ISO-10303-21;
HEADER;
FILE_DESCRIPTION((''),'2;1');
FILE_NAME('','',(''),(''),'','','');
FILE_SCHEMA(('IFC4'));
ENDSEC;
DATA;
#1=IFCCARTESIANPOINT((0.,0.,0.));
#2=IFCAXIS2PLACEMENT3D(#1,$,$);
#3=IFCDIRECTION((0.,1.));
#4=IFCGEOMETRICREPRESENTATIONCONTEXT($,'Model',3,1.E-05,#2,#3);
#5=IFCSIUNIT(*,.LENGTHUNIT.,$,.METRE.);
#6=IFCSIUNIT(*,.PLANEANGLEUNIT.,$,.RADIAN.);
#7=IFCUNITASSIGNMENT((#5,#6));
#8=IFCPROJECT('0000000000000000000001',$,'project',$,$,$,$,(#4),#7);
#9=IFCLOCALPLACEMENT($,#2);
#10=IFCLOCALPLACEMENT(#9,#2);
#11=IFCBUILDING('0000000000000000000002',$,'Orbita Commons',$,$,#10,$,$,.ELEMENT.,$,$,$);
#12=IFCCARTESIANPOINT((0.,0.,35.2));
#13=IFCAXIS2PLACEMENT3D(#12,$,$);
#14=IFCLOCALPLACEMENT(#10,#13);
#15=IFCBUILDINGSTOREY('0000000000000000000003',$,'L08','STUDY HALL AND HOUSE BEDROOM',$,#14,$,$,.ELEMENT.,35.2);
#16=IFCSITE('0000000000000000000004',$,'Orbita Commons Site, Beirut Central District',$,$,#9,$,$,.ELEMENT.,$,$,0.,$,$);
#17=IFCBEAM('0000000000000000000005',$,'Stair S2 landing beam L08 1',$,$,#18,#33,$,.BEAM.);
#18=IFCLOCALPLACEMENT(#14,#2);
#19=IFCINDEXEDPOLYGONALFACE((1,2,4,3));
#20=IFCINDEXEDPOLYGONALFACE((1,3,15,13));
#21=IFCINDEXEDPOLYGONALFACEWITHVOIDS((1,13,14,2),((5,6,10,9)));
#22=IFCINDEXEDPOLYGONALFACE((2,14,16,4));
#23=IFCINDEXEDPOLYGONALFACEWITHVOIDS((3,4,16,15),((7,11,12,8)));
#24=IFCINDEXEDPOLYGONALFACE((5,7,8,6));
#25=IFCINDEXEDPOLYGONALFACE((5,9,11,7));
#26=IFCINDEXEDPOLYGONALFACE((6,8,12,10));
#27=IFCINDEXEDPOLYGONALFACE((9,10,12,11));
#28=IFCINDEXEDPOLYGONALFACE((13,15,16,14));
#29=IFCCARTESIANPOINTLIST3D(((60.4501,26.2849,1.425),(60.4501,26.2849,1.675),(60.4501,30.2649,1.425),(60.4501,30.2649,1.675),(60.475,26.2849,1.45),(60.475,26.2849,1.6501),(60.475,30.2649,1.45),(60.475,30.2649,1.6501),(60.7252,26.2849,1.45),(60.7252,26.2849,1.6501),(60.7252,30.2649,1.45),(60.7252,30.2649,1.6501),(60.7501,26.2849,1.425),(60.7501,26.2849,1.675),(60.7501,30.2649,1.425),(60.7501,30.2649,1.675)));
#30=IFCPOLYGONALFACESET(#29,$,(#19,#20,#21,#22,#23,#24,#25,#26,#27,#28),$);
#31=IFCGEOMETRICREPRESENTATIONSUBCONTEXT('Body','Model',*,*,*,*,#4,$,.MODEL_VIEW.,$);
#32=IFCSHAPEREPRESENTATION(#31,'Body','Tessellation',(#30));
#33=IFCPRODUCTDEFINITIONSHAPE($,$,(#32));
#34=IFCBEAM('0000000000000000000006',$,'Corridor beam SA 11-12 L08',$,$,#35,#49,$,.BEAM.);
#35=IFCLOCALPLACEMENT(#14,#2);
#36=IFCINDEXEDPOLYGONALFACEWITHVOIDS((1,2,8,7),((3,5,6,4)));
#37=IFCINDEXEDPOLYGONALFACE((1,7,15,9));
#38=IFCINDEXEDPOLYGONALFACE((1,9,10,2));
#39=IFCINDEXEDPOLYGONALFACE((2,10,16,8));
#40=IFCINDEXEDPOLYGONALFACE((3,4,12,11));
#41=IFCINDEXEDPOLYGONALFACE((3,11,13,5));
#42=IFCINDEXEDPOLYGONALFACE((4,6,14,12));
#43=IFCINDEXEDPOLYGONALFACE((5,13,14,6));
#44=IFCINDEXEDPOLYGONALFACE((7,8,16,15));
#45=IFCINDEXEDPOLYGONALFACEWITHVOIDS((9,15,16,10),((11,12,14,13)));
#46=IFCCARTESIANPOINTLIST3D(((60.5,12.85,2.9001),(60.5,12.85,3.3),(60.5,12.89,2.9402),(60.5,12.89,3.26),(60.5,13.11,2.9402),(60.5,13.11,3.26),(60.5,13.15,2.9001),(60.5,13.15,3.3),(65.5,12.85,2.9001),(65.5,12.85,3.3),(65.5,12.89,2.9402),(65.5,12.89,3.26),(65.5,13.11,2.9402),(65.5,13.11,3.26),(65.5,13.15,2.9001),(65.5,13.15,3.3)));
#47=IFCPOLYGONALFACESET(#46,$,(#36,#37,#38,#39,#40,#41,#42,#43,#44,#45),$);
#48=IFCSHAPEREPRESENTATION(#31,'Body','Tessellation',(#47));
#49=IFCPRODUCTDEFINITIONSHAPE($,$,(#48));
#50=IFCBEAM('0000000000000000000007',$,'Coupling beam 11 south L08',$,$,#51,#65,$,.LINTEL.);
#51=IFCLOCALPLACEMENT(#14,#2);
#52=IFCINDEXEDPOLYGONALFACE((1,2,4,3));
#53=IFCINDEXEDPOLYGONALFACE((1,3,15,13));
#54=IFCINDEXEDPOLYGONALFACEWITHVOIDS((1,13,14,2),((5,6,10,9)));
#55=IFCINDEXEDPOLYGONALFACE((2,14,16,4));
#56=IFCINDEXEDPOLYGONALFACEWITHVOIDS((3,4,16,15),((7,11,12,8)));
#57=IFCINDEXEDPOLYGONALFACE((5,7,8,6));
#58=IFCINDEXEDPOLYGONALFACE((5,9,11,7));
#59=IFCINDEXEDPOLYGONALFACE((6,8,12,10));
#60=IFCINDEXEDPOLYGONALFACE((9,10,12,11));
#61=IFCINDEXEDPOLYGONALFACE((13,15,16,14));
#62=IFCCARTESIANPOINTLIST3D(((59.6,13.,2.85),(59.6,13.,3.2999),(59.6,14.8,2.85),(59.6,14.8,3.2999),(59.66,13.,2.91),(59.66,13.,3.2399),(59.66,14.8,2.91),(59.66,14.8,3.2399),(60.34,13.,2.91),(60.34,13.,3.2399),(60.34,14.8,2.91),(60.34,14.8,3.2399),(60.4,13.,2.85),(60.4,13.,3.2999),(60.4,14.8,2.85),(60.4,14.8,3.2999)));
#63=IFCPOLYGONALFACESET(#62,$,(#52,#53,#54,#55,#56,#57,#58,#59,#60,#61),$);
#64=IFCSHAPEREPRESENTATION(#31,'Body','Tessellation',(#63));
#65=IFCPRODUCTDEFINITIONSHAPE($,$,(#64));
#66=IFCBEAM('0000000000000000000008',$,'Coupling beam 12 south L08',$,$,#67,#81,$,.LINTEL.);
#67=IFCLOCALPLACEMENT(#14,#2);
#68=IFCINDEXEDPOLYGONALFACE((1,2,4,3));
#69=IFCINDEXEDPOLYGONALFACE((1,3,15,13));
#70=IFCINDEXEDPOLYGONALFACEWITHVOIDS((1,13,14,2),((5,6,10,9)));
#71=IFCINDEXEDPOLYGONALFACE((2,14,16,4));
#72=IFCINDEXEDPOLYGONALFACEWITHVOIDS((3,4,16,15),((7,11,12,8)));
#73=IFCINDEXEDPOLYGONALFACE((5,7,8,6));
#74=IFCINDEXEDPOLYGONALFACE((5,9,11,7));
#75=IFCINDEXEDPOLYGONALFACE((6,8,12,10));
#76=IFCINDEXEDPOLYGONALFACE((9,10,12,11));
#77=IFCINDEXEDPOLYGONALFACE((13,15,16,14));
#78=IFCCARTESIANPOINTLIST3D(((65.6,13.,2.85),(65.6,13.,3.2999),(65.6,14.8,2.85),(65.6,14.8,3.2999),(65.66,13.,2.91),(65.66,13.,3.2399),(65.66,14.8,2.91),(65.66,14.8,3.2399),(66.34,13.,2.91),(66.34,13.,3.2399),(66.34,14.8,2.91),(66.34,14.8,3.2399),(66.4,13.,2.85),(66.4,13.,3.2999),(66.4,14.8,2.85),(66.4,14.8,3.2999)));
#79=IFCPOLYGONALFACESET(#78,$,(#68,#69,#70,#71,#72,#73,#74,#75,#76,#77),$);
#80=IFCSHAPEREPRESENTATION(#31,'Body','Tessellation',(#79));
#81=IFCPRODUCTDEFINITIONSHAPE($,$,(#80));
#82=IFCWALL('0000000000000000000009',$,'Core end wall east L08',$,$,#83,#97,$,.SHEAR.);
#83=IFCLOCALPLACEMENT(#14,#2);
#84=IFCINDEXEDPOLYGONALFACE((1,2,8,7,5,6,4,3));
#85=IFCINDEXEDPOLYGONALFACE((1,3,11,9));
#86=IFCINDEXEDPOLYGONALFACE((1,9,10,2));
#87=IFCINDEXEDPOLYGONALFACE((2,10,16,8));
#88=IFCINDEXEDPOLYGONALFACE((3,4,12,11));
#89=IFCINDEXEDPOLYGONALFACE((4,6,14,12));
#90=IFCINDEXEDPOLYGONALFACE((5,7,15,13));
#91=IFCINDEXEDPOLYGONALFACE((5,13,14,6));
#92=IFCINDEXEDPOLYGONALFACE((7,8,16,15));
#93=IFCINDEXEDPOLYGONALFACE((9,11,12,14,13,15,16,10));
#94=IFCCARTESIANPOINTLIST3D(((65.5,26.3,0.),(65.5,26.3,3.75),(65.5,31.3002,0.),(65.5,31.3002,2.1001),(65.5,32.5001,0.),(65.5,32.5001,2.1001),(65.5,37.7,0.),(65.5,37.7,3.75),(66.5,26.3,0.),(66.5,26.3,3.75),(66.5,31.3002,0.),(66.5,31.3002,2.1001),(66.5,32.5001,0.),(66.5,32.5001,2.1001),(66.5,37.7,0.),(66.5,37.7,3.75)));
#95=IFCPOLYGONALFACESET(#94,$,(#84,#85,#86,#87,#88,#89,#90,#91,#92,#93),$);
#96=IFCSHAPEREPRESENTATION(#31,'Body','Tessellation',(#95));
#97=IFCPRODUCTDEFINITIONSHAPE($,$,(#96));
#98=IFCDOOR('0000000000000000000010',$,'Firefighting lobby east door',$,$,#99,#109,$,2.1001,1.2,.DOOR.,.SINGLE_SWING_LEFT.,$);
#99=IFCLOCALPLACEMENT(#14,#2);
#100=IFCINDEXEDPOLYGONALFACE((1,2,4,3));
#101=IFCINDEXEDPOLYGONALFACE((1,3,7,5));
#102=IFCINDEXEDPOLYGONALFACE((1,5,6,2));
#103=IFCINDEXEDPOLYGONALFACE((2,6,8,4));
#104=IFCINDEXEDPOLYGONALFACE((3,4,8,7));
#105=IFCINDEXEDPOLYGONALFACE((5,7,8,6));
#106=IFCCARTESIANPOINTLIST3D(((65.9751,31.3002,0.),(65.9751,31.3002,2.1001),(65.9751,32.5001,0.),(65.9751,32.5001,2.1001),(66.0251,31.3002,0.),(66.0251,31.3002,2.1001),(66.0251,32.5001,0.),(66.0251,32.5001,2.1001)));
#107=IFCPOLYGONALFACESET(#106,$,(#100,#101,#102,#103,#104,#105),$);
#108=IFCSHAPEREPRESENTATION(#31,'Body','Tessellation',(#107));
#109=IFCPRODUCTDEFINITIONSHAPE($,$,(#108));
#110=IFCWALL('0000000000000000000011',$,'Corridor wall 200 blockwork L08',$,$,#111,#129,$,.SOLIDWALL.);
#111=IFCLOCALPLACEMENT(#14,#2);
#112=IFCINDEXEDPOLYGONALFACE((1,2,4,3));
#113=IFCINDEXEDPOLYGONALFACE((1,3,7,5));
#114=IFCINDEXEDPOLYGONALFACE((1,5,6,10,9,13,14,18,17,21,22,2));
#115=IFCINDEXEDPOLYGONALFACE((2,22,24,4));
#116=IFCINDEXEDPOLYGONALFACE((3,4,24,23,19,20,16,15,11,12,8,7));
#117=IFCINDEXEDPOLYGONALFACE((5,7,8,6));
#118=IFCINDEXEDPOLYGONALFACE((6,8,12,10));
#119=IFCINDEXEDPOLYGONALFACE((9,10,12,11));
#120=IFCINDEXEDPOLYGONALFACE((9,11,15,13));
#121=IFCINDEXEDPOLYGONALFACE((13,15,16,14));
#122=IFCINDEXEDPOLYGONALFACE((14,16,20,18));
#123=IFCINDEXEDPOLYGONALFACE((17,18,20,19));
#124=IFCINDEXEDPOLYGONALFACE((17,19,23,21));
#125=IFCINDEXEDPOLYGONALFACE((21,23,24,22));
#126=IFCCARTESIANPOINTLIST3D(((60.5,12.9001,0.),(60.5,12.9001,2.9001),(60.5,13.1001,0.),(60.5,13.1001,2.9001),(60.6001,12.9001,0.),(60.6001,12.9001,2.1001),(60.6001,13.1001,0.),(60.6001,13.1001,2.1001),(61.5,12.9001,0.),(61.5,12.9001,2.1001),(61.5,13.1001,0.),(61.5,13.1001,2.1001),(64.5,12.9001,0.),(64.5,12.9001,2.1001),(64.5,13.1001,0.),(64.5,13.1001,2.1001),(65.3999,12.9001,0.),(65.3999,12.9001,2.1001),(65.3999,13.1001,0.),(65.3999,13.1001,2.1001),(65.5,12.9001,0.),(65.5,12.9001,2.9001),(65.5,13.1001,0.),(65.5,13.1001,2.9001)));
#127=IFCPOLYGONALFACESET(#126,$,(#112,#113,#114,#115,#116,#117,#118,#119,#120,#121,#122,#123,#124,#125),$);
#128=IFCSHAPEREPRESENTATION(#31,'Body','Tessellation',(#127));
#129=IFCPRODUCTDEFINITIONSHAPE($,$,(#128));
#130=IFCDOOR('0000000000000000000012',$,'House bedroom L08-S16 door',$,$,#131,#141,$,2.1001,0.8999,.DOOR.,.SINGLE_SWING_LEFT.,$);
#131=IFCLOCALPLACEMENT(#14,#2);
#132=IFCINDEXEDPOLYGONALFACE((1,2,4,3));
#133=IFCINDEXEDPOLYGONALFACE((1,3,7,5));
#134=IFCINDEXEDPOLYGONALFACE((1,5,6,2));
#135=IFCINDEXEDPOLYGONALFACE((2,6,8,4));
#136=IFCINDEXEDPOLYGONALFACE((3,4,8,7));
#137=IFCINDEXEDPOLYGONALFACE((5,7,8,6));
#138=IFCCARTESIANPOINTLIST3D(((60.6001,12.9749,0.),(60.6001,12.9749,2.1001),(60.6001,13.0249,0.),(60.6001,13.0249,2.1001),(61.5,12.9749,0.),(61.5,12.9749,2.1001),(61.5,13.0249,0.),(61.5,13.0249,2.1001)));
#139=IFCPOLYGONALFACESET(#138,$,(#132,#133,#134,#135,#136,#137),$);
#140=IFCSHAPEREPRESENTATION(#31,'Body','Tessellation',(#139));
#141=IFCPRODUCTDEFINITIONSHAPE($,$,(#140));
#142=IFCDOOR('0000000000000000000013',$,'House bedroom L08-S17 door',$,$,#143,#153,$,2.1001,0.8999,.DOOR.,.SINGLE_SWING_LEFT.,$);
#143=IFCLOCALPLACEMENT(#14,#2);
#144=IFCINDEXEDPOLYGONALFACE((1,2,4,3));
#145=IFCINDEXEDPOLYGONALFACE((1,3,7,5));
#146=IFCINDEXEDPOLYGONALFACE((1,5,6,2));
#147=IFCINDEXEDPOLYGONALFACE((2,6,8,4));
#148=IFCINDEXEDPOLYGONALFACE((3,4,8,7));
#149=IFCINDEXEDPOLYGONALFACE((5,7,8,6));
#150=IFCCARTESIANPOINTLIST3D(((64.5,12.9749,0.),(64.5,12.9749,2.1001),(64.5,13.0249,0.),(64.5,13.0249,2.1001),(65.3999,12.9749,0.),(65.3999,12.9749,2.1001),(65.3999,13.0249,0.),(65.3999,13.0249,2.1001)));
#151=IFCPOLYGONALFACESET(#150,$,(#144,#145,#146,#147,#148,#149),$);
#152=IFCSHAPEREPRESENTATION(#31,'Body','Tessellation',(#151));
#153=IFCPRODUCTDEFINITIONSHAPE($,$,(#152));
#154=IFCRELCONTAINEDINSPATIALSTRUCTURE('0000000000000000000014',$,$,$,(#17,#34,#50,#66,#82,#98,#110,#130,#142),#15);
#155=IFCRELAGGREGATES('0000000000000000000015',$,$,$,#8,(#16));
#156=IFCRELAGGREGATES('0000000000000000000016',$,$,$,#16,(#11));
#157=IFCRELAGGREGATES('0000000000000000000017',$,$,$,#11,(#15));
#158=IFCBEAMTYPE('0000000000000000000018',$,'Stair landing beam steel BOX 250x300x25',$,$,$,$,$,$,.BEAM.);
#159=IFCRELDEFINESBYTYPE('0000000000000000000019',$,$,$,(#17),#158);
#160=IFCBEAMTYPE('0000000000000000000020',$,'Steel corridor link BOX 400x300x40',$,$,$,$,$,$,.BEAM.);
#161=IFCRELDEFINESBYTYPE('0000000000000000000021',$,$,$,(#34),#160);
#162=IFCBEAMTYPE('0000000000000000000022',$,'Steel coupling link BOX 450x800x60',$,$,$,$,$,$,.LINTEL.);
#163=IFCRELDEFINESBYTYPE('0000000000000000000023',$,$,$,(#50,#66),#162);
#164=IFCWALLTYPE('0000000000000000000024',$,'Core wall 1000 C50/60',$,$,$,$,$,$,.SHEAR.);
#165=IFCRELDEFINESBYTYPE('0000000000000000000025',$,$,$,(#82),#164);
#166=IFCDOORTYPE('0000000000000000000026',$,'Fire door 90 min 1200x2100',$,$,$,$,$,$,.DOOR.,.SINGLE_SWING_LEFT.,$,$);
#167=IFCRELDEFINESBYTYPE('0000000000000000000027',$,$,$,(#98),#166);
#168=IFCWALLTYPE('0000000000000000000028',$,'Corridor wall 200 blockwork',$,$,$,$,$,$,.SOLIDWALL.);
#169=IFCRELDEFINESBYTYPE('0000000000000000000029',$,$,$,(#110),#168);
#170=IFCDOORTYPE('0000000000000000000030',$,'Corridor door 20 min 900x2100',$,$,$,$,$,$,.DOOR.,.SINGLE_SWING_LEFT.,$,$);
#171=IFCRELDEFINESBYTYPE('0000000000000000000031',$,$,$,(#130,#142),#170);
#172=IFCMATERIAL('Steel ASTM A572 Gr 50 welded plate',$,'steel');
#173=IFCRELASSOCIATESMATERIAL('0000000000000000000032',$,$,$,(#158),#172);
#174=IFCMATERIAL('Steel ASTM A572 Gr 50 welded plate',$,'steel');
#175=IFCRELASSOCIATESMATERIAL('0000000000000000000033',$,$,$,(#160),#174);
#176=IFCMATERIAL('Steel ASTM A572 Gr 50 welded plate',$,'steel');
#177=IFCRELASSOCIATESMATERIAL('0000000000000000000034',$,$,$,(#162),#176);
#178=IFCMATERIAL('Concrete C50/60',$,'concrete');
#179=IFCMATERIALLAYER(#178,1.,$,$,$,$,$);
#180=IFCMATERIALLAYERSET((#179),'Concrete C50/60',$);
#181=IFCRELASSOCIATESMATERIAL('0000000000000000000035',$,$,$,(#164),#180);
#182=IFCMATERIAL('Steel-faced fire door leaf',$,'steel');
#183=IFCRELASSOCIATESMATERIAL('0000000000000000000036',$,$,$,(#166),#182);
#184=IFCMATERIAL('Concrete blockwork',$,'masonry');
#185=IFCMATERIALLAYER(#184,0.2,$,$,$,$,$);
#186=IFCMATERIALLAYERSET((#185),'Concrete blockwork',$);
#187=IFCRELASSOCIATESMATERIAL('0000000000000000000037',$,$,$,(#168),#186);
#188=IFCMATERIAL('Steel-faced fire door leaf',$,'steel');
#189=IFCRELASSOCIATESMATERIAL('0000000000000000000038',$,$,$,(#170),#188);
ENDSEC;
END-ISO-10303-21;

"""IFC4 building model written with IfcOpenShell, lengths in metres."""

from ifc_helpers import new_model, si_unit, direction, frame, frame_2d, origin, origin_2d, place, context, subcontext, project, spatial, polyline, rectangle, hollow_rectangle, outline, extrude, material, layer, layer_set, material_profile, profile_set, type_object, element, fill, save


model = new_model("IFC4")

# Units and contexts
model_context = context("Model", 3, precision=1e-05, world=origin(), true_north=direction((0.0, 1.0)))
body_context = subcontext(model_context, "Body", "Model", "MODEL_VIEW")
ifc_project = project(units=[si_unit("LENGTHUNIT", "METRE"), si_unit("PLANEANGLEUNIT", "RADIAN")], contexts=[model_context])

# Site, building, storey
site_placement = place(None, origin())
site = spatial("IfcSite", under=ifc_project, at=site_placement, Name="Orbita Commons Site, Beirut Central District", CompositionType="ELEMENT", RefElevation=0.0)
building_placement = place(site_placement, origin())
building = spatial("IfcBuilding", under=site, at=building_placement, Name="Orbita Commons", CompositionType="ELEMENT")
storey_placement = place(building_placement, frame((0.0, 0.0, 35.2)))
storey = spatial("IfcBuildingStorey", under=building, at=storey_placement, Name="L08", Description="STUDY HALL AND HOUSE BEDROOM", CompositionType="ELEMENT", Elevation=35.2)

# Beams
ifc_material_1 = material(Name="Steel ASTM A572 Gr 50 welded plate", Category="steel")
ifc_material_profile_1 = material_profile(ifc_material_1, hollow_rectangle(XDim=0.3, YDim=0.25, WallThickness=0.0249, at=origin_2d()), Name="BOX 250x300x25")
ifc_profile_set_1 = profile_set([ifc_material_profile_1], Name="Steel ASTM A572 Gr 50 welded plate")
beam_type_1 = type_object("IfcBeamType", Name="Stair landing beam steel BOX 250x300x25", PredefinedType="BEAM", material=ifc_profile_set_1)
beam_1_placement = place(storey_placement, frame((60.6001, 26.2849, 1.55), z_axis=(0.0, 1.0, 0.0), x_axis=(-1.0, 0.0, 0.0)))
element("IfcBeam", 1, at=beam_1_placement, inside=storey, type_object=beam_type_1, Name="Stair S2 landing beam L08 1", PredefinedType="BEAM", context=body_context, shape_type="SweptSolid", body=[
    extrude(hollow_rectangle(XDim=0.3, YDim=0.25, WallThickness=0.0249, at=origin_2d()), origin(), (0.0, 0.0, 1.0), 3.98),
])
ifc_material_2 = material(Name="Steel ASTM A572 Gr 50 welded plate", Category="steel")
ifc_material_profile_2 = material_profile(ifc_material_2, hollow_rectangle(XDim=0.3, YDim=0.3999, WallThickness=0.04, at=origin_2d()), Name="BOX 400x300x40")
ifc_profile_set_2 = profile_set([ifc_material_profile_2], Name="Steel ASTM A572 Gr 50 welded plate")
beam_type_2 = type_object("IfcBeamType", Name="Steel corridor link BOX 400x300x40", PredefinedType="BEAM", material=ifc_profile_set_2)
beam_2_placement = place(storey_placement, frame((60.5, 13.0, 3.1001), z_axis=(1.0, 0.0, 0.0), x_axis=(0.0, 1.0, 0.0)))
element("IfcBeam", 2, at=beam_2_placement, inside=storey, type_object=beam_type_2, Name="Corridor beam SA 11-12 L08", PredefinedType="BEAM", context=body_context, shape_type="SweptSolid", body=[
    extrude(hollow_rectangle(XDim=0.3, YDim=0.3999, WallThickness=0.04, at=origin_2d()), origin(), (0.0, 0.0, 1.0), 5.0),
])
ifc_material_3 = material(Name="Steel ASTM A572 Gr 50 welded plate", Category="steel")
ifc_material_profile_3 = material_profile(ifc_material_3, hollow_rectangle(XDim=0.8, YDim=0.45, WallThickness=0.0601, at=origin_2d()), Name="BOX 450x800x60")
ifc_profile_set_3 = profile_set([ifc_material_profile_3], Name="Steel ASTM A572 Gr 50 welded plate")
beam_type_3 = type_object("IfcBeamType", Name="Steel coupling link BOX 450x800x60", PredefinedType="LINTEL", material=ifc_profile_set_3)
for number, where, z_axis, x_axis, name in (
    (3, (60.0, 13.0, 3.075), (0.0, 1.0, 0.0), (-1.0, 0.0, 0.0), "Coupling beam 11 south L08"),
    (4, (66.0, 13.0, 3.075), (0.0, 1.0, 0.0), (-1.0, 0.0, 0.0), "Coupling beam 12 south L08"),
):
    element("IfcBeam", number, at=place(storey_placement, frame(where, z_axis=z_axis, x_axis=x_axis)), inside=storey, type_object=beam_type_3, Name=name, PredefinedType="LINTEL", context=body_context, shape_type="SweptSolid", body=[
        extrude(hollow_rectangle(XDim=0.8, YDim=0.45, WallThickness=0.0601, at=origin_2d()), origin(), (0.0, 0.0, 1.0), 1.8),
    ])

# Wall, opening, door
ifc_material_4 = material(Name="Concrete C50/60", Category="concrete")
ifc_layer_1 = layer(ifc_material_4, 1.0)
ifc_layer_set_1 = layer_set([ifc_layer_1], Name="Concrete C50/60")
wall_type_1 = type_object("IfcWallType", Name="Core wall 1000 C50/60", PredefinedType="SHEAR", material=ifc_layer_set_1)
wall_1_placement = place(storey_placement, frame((66.0, 26.3, 0.0), z_axis=(0.0, 0.0, 1.0), x_axis=(0.0, 1.0, 0.0)))
wall_1 = element("IfcWall", 5, at=wall_1_placement, inside=storey, type_object=wall_type_1, Name="Core end wall east L08", PredefinedType="SHEAR", context=body_context, shape_type="SweptSolid", body=[
    extrude(rectangle(XDim=11.3999, YDim=1.0, at=frame_2d((5.7, 0.0))), origin(), (0.0, 0.0, 1.0), 3.75),
])
opening_1_placement = place(wall_1_placement, frame((5.0, 0.0, 0.0)))
opening_1 = element("IfcOpeningElement", 6, at=opening_1_placement, cuts=wall_1, PredefinedType="OPENING", context=body_context, shape_type="SweptSolid", body=[
    extrude(rectangle(XDim=1.2, YDim=2.1001, at=frame_2d((0.6001, 1.05))), frame((0.0, 0.51, 0.0), z_axis=(0.0, -1.0, 0.0), x_axis=(1.0, 0.0, 0.0)), (0.0, 0.0, 1.0), 1.02),
])
ifc_material_5 = material(Name="Steel-faced fire door leaf", Category="steel")
door_type_1 = type_object("IfcDoorType", Name="Fire door 90 min 1200x2100", OperationType="SINGLE_SWING_LEFT", PredefinedType="DOOR", material=ifc_material_5)
door_1_placement = place(opening_1_placement, origin())
door_1 = element("IfcDoor", 7, at=door_1_placement, inside=storey, type_object=door_type_1, Name="Firefighting lobby east door", OperationType="SINGLE_SWING_LEFT", OverallHeight=2.1001, OverallWidth=1.2, PredefinedType="DOOR", context=body_context, shape_type="SweptSolid", body=[
    extrude(rectangle(XDim=1.2, YDim=2.1001, at=frame_2d((0.6001, 1.05))), frame((0.0, 0.0249, 0.0), z_axis=(0.0, -1.0, 0.0), x_axis=(1.0, 0.0, 0.0)), (0.0, 0.0, 1.0), 0.05),
])
fill(opening_1, door_1)

# Wall, openings, doors
ifc_material_6 = material(Name="Concrete blockwork", Category="masonry")
ifc_layer_2 = layer(ifc_material_6, 0.2)
ifc_layer_set_2 = layer_set([ifc_layer_2], Name="Concrete blockwork")
wall_type_2 = type_object("IfcWallType", Name="Corridor wall 200 blockwork", PredefinedType="SOLIDWALL", material=ifc_layer_set_2)
wall_2_placement = place(storey_placement, frame((60.5, 13.0, 0.0), z_axis=(0.0, 0.0, 1.0), x_axis=(1.0, 0.0, 0.0)))
wall_2 = element("IfcWall", 8, at=wall_2_placement, inside=storey, type_object=wall_type_2, Name="Corridor wall 200 blockwork L08", PredefinedType="SOLIDWALL", context=body_context, shape_type="SweptSolid", body=[
    extrude(outline(polyline([(0.0, 0.0), (5.0, 0.0), (5.0, 2.9001), (0.0, 2.9001), (0.0, 0.0)])), frame((0.0, 0.1001, 0.0), z_axis=(0.0, -1.0, 0.0), x_axis=(1.0, 0.0, 0.0)), (0.0, 0.0, 1.0), 0.2),
])
opening_2_placement = place(wall_2_placement, frame((0.1001, 0.0, 0.0)))
opening_2 = element("IfcOpeningElement", 9, at=opening_2_placement, cuts=wall_2, PredefinedType="OPENING", context=body_context, shape_type="SweptSolid", body=[
    extrude(rectangle(XDim=0.8999, YDim=2.1001, at=frame_2d((0.45, 1.05))), frame((0.0, 0.1099, 0.0), z_axis=(0.0, -1.0, 0.0), x_axis=(1.0, 0.0, 0.0)), (0.0, 0.0, 1.0), 0.22),
])
opening_3_placement = place(wall_2_placement, frame((4.0, 0.0, 0.0)))
opening_3 = element("IfcOpeningElement", 10, at=opening_3_placement, cuts=wall_2, PredefinedType="OPENING", context=body_context, shape_type="SweptSolid", body=[
    extrude(rectangle(XDim=0.8999, YDim=2.1001, at=frame_2d((0.45, 1.05))), frame((0.0, 0.1099, 0.0), z_axis=(0.0, -1.0, 0.0), x_axis=(1.0, 0.0, 0.0)), (0.0, 0.0, 1.0), 0.22),
])
ifc_material_7 = material(Name="Steel-faced fire door leaf", Category="steel")
door_type_2 = type_object("IfcDoorType", Name="Corridor door 20 min 900x2100", OperationType="SINGLE_SWING_LEFT", PredefinedType="DOOR", material=ifc_material_7)
door_2_placement = place(opening_2_placement, origin())
door_2 = element("IfcDoor", 11, at=door_2_placement, inside=storey, type_object=door_type_2, Name="House bedroom L08-S16 door", OperationType="SINGLE_SWING_LEFT", OverallHeight=2.1001, OverallWidth=0.8999, PredefinedType="DOOR", context=body_context, shape_type="SweptSolid", body=[
    extrude(rectangle(XDim=0.8999, YDim=2.1001, at=frame_2d((0.45, 1.05))), frame((0.0, 0.0249, 0.0), z_axis=(0.0, -1.0, 0.0), x_axis=(1.0, 0.0, 0.0)), (0.0, 0.0, 1.0), 0.05),
])
fill(opening_2, door_2)
door_3_placement = place(opening_3_placement, origin())
door_3 = element("IfcDoor", 12, at=door_3_placement, inside=storey, type_object=door_type_2, Name="House bedroom L08-S17 door", OperationType="SINGLE_SWING_LEFT", OverallHeight=2.1001, OverallWidth=0.8999, PredefinedType="DOOR", context=body_context, shape_type="SweptSolid", body=[
    extrude(rectangle(XDim=0.8999, YDim=2.1001, at=frame_2d((0.45, 1.05))), frame((0.0, 0.0249, 0.0), z_axis=(0.0, -1.0, 0.0), x_axis=(1.0, 0.0, 0.0)), (0.0, 0.0, 1.0), 0.05),
])
fill(opening_3, door_3)

save(model, "model.ifc")
